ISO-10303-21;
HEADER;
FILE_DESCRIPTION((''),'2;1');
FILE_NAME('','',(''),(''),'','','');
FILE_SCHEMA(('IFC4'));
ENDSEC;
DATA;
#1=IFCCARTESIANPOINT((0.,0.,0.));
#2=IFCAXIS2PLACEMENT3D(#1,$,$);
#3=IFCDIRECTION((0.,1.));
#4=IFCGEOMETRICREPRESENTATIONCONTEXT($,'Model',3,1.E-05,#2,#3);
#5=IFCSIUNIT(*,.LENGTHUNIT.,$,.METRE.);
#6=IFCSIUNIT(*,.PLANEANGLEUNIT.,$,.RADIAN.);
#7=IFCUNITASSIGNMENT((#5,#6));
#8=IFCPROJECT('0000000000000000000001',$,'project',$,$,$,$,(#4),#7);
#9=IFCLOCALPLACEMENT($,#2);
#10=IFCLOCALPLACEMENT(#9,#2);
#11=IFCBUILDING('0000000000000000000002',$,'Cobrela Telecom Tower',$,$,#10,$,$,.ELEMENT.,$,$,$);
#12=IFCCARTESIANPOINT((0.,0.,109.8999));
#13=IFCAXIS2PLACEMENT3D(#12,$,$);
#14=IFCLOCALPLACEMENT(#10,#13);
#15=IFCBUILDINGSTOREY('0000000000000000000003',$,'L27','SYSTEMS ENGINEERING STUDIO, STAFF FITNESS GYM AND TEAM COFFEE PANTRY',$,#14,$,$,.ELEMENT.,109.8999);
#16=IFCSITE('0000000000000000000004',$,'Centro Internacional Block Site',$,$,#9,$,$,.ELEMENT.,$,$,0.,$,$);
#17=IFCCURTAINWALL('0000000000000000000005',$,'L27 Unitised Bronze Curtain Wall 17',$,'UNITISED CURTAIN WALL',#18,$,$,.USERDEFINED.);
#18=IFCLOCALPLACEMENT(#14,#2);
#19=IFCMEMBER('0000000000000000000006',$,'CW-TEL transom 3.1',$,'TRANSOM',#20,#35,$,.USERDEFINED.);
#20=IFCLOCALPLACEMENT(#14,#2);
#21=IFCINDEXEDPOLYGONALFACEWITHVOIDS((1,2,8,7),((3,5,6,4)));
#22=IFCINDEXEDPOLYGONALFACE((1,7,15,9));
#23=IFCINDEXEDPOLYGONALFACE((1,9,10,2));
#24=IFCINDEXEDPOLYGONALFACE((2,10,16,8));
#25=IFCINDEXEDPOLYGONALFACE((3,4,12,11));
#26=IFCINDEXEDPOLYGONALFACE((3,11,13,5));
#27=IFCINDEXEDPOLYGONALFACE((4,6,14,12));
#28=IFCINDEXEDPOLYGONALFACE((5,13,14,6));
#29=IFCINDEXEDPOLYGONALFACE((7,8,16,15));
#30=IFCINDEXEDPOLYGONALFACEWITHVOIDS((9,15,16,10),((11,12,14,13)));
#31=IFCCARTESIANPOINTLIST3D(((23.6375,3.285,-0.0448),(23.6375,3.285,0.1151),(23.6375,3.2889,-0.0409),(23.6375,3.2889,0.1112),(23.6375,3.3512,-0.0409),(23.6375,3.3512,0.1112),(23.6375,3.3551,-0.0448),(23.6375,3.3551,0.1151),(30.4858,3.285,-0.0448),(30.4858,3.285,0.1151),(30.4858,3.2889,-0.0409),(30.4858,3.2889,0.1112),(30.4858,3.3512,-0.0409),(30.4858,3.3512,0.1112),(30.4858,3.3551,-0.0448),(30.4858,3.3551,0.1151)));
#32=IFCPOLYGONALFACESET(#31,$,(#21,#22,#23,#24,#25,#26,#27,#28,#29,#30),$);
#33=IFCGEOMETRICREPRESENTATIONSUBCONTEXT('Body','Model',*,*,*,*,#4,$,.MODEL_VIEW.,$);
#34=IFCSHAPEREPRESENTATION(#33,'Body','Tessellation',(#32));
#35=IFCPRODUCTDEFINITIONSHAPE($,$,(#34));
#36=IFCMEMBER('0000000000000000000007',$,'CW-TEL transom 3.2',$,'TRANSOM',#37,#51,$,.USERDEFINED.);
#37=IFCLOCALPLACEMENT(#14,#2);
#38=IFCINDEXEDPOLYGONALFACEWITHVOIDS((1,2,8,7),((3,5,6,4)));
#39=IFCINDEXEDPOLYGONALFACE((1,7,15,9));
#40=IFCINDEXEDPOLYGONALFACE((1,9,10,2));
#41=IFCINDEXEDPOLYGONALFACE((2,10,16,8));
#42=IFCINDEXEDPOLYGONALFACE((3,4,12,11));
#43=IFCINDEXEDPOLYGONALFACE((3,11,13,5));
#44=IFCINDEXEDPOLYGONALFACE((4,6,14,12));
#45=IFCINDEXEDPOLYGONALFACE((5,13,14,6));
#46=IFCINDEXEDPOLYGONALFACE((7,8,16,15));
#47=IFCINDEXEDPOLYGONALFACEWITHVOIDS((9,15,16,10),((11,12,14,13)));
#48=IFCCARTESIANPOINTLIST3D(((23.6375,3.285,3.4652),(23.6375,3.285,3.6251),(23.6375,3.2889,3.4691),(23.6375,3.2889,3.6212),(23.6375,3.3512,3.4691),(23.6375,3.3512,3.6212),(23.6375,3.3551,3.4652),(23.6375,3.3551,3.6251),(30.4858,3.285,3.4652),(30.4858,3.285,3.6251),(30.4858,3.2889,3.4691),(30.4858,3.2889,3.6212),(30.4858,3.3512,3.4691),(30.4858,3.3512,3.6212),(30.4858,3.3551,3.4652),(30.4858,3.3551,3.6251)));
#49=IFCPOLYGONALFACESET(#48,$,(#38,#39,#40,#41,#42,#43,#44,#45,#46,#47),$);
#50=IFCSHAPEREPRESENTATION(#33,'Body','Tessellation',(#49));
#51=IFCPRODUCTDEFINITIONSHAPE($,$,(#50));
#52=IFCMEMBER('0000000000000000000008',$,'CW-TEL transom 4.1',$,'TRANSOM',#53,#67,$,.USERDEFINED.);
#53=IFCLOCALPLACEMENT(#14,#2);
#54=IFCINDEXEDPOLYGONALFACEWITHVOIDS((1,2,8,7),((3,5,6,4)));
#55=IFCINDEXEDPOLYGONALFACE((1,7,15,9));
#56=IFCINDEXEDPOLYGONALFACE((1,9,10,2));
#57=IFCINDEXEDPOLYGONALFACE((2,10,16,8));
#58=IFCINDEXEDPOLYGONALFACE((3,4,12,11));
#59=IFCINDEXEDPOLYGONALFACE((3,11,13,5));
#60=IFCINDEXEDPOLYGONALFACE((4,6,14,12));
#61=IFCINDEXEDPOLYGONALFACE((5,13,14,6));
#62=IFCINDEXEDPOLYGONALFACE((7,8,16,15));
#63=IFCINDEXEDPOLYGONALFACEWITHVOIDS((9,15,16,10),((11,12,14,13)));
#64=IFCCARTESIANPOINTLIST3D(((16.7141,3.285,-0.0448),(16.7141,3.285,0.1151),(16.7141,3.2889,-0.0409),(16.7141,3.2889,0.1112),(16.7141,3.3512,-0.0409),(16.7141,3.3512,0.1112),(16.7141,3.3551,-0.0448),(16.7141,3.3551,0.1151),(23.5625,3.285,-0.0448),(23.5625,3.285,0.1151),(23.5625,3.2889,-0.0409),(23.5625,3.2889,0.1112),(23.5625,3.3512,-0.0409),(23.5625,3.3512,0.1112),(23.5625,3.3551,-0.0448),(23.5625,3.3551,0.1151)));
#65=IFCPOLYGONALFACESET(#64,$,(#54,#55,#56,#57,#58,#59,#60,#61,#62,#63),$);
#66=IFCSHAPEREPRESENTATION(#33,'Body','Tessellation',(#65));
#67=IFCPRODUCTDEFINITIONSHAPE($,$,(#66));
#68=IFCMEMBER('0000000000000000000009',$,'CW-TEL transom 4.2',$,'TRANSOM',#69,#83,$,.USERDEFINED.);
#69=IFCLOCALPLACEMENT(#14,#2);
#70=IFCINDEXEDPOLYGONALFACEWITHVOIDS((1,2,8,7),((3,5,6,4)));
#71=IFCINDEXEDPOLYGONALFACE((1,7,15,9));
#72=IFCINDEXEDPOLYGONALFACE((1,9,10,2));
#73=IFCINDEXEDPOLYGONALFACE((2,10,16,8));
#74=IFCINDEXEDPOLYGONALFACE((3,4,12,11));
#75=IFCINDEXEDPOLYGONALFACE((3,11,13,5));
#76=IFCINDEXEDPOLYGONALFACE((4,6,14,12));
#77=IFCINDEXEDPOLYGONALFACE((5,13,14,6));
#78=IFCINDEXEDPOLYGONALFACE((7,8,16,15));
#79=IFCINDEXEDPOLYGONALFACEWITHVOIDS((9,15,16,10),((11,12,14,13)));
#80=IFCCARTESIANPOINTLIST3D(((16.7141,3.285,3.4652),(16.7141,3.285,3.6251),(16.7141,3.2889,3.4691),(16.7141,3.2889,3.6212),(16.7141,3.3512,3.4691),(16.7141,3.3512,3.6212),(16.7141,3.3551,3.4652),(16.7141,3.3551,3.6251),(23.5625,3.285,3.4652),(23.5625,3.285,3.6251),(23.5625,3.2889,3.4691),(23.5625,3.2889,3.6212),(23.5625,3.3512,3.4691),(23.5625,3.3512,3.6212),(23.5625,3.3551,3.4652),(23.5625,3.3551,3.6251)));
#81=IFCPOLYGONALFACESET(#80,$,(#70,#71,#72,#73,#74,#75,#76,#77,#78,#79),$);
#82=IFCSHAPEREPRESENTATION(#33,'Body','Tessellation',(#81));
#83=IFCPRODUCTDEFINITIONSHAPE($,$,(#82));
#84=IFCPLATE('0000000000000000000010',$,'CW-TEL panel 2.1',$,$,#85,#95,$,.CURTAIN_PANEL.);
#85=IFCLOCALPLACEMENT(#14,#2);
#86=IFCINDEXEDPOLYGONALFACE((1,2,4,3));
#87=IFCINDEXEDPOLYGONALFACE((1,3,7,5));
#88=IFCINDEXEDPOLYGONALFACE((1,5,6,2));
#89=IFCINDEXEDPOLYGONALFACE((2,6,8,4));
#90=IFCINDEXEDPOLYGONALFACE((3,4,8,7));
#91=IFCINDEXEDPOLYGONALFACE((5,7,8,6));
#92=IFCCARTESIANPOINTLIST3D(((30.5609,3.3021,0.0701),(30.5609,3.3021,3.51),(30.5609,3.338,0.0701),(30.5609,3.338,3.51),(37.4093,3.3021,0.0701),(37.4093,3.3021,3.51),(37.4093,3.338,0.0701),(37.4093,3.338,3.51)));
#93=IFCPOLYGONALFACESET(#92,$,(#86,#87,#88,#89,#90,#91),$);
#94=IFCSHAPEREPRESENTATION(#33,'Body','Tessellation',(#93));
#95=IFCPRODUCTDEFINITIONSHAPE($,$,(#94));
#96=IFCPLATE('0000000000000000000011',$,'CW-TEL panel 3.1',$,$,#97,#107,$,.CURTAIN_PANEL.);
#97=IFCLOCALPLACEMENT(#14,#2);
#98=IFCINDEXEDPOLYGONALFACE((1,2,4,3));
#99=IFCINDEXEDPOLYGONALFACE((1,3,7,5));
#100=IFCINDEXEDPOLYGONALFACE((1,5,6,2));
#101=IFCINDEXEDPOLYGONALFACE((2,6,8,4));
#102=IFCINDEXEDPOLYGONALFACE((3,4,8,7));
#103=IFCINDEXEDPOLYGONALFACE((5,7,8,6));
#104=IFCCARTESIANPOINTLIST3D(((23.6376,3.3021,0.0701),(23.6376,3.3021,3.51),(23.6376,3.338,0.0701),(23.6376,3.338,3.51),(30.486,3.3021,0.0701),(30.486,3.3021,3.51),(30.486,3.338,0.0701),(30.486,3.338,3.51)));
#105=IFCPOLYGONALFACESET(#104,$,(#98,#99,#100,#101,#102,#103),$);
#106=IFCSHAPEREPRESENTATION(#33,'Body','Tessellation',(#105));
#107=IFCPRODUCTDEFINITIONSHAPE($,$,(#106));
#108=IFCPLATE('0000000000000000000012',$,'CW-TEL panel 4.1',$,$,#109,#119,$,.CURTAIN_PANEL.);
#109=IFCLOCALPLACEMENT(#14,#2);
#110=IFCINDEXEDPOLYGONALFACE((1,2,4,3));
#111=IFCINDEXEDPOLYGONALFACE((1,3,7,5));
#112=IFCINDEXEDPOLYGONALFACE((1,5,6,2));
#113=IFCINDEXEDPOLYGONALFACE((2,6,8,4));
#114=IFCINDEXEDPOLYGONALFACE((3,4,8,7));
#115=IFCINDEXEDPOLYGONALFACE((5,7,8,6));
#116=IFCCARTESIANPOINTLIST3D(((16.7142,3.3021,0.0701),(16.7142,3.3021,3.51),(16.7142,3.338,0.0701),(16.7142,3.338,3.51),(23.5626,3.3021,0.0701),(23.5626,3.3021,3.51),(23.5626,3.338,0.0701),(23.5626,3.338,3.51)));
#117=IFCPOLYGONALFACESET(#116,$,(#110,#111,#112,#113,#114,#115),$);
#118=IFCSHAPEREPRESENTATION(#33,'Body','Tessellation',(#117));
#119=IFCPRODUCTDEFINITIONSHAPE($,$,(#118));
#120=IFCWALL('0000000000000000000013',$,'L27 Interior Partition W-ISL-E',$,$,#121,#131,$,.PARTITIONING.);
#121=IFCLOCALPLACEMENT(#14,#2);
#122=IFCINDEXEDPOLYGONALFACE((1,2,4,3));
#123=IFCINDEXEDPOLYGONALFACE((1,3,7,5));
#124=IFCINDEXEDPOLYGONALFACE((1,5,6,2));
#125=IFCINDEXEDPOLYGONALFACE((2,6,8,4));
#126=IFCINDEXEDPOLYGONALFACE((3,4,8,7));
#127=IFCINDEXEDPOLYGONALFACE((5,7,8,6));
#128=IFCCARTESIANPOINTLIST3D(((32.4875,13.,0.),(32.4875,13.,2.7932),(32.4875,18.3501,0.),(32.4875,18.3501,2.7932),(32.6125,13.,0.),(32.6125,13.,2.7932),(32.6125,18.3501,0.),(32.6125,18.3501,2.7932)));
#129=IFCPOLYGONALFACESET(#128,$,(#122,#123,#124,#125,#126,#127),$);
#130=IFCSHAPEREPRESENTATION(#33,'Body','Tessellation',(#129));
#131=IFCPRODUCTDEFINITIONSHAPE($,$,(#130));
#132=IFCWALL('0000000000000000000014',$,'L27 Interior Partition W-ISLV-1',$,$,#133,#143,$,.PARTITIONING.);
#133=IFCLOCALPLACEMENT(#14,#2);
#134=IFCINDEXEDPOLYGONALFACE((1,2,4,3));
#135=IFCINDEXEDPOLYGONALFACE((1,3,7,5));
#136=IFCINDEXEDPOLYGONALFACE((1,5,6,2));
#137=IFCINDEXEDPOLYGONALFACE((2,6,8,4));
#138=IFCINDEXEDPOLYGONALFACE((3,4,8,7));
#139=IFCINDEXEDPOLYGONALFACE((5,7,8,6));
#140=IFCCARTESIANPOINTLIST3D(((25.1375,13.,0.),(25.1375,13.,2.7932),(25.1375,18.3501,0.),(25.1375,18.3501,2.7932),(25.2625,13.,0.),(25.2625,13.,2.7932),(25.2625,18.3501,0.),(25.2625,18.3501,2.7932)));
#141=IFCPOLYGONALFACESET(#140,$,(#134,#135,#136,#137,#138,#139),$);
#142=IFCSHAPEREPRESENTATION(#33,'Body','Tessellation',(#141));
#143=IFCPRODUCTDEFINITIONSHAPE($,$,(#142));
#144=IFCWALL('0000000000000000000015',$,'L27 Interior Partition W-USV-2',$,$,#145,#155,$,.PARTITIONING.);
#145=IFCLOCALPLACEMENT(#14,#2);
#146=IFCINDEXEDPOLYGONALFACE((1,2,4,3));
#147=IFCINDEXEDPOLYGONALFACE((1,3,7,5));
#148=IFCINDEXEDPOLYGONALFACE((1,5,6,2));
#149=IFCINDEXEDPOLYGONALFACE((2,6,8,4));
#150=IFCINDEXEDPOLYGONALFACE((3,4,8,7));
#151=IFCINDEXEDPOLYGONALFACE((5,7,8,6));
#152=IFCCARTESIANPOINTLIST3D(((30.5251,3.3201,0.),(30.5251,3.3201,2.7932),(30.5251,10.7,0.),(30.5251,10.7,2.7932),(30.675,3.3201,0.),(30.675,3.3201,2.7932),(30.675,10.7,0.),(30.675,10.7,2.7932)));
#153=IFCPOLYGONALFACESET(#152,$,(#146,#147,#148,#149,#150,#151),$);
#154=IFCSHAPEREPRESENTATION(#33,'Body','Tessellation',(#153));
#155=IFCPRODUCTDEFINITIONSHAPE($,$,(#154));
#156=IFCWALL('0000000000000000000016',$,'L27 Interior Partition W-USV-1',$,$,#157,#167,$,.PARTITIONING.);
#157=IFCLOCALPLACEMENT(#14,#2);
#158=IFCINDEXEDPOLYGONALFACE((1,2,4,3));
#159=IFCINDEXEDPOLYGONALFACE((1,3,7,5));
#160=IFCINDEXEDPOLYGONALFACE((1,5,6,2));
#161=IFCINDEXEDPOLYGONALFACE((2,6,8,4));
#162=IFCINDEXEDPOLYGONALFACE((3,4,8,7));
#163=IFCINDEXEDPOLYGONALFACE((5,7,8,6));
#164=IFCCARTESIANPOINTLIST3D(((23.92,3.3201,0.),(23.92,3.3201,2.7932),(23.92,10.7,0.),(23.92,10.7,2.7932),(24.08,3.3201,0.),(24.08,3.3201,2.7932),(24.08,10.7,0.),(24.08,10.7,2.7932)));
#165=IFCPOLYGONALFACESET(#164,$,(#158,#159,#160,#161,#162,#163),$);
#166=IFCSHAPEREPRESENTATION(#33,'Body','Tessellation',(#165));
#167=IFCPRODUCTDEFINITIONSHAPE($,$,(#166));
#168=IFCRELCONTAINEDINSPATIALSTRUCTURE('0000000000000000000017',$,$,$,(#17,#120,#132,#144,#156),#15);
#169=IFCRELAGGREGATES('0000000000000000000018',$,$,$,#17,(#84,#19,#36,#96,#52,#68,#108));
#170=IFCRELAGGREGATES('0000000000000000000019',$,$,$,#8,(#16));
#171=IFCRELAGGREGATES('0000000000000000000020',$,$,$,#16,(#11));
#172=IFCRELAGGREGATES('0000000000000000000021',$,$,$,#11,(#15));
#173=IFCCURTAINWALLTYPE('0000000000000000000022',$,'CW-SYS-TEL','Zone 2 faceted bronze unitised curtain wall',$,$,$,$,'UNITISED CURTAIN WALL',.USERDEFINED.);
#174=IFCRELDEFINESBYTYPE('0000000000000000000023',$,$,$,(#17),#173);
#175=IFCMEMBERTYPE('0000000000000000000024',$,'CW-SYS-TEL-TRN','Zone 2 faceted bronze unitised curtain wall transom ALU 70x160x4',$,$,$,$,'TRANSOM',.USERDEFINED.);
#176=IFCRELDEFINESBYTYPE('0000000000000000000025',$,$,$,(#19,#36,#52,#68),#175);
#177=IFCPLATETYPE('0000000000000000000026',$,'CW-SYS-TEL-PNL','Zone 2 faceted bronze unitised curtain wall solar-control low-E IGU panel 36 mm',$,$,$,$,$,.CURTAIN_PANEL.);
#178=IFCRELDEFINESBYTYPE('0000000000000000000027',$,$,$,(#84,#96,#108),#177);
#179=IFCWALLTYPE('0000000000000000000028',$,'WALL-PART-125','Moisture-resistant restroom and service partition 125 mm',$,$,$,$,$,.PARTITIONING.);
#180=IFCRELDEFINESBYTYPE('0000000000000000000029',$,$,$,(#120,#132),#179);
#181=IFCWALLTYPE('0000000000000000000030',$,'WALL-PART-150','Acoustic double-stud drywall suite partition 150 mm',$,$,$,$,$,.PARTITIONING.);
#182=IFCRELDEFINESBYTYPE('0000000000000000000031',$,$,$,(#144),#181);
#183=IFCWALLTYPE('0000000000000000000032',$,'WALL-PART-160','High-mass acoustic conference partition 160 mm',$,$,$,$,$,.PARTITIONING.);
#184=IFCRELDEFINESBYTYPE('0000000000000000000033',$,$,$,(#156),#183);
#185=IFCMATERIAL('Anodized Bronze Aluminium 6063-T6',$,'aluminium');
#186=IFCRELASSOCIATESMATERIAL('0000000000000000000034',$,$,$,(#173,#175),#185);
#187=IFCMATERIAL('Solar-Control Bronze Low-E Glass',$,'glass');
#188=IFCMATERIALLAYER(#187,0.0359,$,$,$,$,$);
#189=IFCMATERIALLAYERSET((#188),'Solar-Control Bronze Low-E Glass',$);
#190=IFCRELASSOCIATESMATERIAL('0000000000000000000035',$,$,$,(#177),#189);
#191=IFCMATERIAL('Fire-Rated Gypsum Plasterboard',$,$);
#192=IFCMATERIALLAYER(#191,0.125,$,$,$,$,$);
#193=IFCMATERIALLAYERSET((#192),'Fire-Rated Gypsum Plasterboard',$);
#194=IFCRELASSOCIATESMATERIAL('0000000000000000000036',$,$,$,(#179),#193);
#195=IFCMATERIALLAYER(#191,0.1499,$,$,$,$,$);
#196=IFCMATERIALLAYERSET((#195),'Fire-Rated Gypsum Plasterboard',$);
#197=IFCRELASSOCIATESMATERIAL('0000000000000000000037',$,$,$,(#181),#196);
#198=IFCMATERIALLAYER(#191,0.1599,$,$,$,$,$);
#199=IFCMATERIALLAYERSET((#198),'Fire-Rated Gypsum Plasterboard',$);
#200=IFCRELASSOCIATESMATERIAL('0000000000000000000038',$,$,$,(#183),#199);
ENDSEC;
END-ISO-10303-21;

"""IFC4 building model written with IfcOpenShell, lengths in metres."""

from ifc_helpers import new_model, si_unit, direction, frame, frame_2d, origin, origin_2d, place, context, subcontext, project, spatial, rectangle, hollow_rectangle, extrude, material, layer, layer_set, material_profile, profile_set, type_object, element, aggregate, save


model = new_model("IFC4")

# Units and contexts
model_context = context("Model", 3, precision=1e-05, world=origin(), true_north=direction((0.0, 1.0)))
body_context = subcontext(model_context, "Body", "Model", "MODEL_VIEW")
ifc_project = project(units=[si_unit("LENGTHUNIT", "METRE"), si_unit("PLANEANGLEUNIT", "RADIAN")], contexts=[model_context])

# Site, building, storey
site_placement = place(None, origin())
site = spatial("IfcSite", under=ifc_project, at=site_placement, Name="Centro Internacional Block Site", CompositionType="ELEMENT", RefElevation=0.0)
building_placement = place(site_placement, origin())
building = spatial("IfcBuilding", under=site, at=building_placement, Name="Cobrela Telecom Tower", CompositionType="ELEMENT")
storey_placement = place(building_placement, frame((0.0, 0.0, 109.8999)))
storey = spatial("IfcBuildingStorey", under=building, at=storey_placement, Name="L27", Description="SYSTEMS ENGINEERING STUDIO, STAFF FITNESS GYM AND TEAM COFFEE PANTRY", CompositionType="ELEMENT", Elevation=109.8999)

# Curtain wall, members, plates
ifc_material_1 = material(Name="Anodized Bronze Aluminium 6063-T6", Category="aluminium")
curtain_wall_type = type_object("IfcCurtainWallType", Name="CW-SYS-TEL", Description="Zone 2 faceted bronze unitised curtain wall", ElementType="UNITISED CURTAIN WALL", PredefinedType="USERDEFINED", material=ifc_material_1)
curtain_wall_placement = place(storey_placement, origin())
curtain_wall = element("IfcCurtainWall", 1, at=curtain_wall_placement, inside=storey, type_object=curtain_wall_type, Name="L27 Unitised Bronze Curtain Wall 17", ObjectType="UNITISED CURTAIN WALL", PredefinedType="USERDEFINED")
ifc_material_profile_1 = material_profile(ifc_material_1, hollow_rectangle(XDim=0.0701, YDim=0.1599, WallThickness=0.0039, at=origin_2d()), Name="ALU 70x160x4")
ifc_profile_set_1 = profile_set([ifc_material_profile_1], Name="Anodized Bronze Aluminium 6063-T6")
member_type_1 = type_object("IfcMemberType", Name="CW-SYS-TEL-TRN", Description="Zone 2 faceted bronze unitised curtain wall transom ALU 70x160x4", ElementType="TRANSOM", PredefinedType="USERDEFINED", material=ifc_profile_set_1)
member_1_placement = place(storey_placement, frame((30.4858, 3.3201, 0.0352), z_axis=(-1.0, 0.0, 0.0), x_axis=(0.0, -1.0, 0.0)))
member_1 = element("IfcMember", 2, at=member_1_placement, type_object=member_type_1, Name="CW-TEL transom 3.1", ObjectType="TRANSOM", PredefinedType="USERDEFINED", context=body_context, shape_type="SweptSolid", body=[
    extrude(hollow_rectangle(XDim=0.0701, YDim=0.1599, WallThickness=0.0039, at=origin_2d()), origin(), (0.0, 0.0, 1.0), 6.8484),
])
member_2_placement = place(storey_placement, frame((30.4858, 3.3201, 3.5452), z_axis=(-1.0, 0.0, 0.0), x_axis=(0.0, -1.0, 0.0)))
member_2 = element("IfcMember", 3, at=member_2_placement, type_object=member_type_1, Name="CW-TEL transom 3.2", ObjectType="TRANSOM", PredefinedType="USERDEFINED", context=body_context, shape_type="SweptSolid", body=[
    extrude(hollow_rectangle(XDim=0.0701, YDim=0.1599, WallThickness=0.0039, at=origin_2d()), origin(), (0.0, 0.0, 1.0), 6.8484),
])
member_3_placement = place(storey_placement, frame((23.5625, 3.3201, 0.0352), z_axis=(-1.0, 0.0, 0.0), x_axis=(0.0, -1.0, 0.0)))
member_3 = element("IfcMember", 4, at=member_3_placement, type_object=member_type_1, Name="CW-TEL transom 4.1", ObjectType="TRANSOM", PredefinedType="USERDEFINED", context=body_context, shape_type="SweptSolid", body=[
    extrude(hollow_rectangle(XDim=0.0701, YDim=0.1599, WallThickness=0.0039, at=origin_2d()), origin(), (0.0, 0.0, 1.0), 6.8484),
])
member_4_placement = place(storey_placement, frame((23.5625, 3.3201, 3.5452), z_axis=(-1.0, 0.0, 0.0), x_axis=(0.0, -1.0, 0.0)))
member_4 = element("IfcMember", 5, at=member_4_placement, type_object=member_type_1, Name="CW-TEL transom 4.2", ObjectType="TRANSOM", PredefinedType="USERDEFINED", context=body_context, shape_type="SweptSolid", body=[
    extrude(hollow_rectangle(XDim=0.0701, YDim=0.1599, WallThickness=0.0039, at=origin_2d()), origin(), (0.0, 0.0, 1.0), 6.8484),
])
ifc_material_2 = material(Name="Solar-Control Bronze Low-E Glass", Category="glass")
ifc_layer_1 = layer(ifc_material_2, 0.0359)
ifc_layer_set_1 = layer_set([ifc_layer_1], Name="Solar-Control Bronze Low-E Glass")
plate_type = type_object("IfcPlateType", Name="CW-SYS-TEL-PNL", Description="Zone 2 faceted bronze unitised curtain wall solar-control low-E IGU panel 36 mm", PredefinedType="CURTAIN_PANEL", material=ifc_layer_set_1)
plate_1_placement = place(storey_placement, frame((33.9851, 3.3201, 0.0701), z_axis=(0.0, 0.0, 1.0), x_axis=(-1.0, 0.0, 0.0)))
plate_1 = element("IfcPlate", 6, at=plate_1_placement, type_object=plate_type, Name="CW-TEL panel 2.1", PredefinedType="CURTAIN_PANEL", context=body_context, shape_type="SweptSolid", body=[
    extrude(rectangle(XDim=6.8484, YDim=0.0359, at=origin_2d()), origin(), (0.0, 0.0, 1.0), 3.4399),
])
plate_2_placement = place(storey_placement, frame((27.0618, 3.3201, 0.0701), z_axis=(0.0, 0.0, 1.0), x_axis=(-1.0, 0.0, 0.0)))
plate_2 = element("IfcPlate", 7, at=plate_2_placement, type_object=plate_type, Name="CW-TEL panel 3.1", PredefinedType="CURTAIN_PANEL", context=body_context, shape_type="SweptSolid", body=[
    extrude(rectangle(XDim=6.8484, YDim=0.0359, at=origin_2d()), origin(), (0.0, 0.0, 1.0), 3.4399),
])
plate_3_placement = place(storey_placement, frame((20.1384, 3.3201, 0.0701), z_axis=(0.0, 0.0, 1.0), x_axis=(-1.0, 0.0, 0.0)))
plate_3 = element("IfcPlate", 8, at=plate_3_placement, type_object=plate_type, Name="CW-TEL panel 4.1", PredefinedType="CURTAIN_PANEL", context=body_context, shape_type="SweptSolid", body=[
    extrude(rectangle(XDim=6.8484, YDim=0.0359, at=origin_2d()), origin(), (0.0, 0.0, 1.0), 3.4399),
])
aggregate(curtain_wall, [plate_1, member_1, member_2, plate_2, member_3, member_4, plate_3])

# Walls
ifc_material_3 = material(Name="Fire-Rated Gypsum Plasterboard")
ifc_layer_2 = layer(ifc_material_3, 0.125)
ifc_layer_set_2 = layer_set([ifc_layer_2], Name="Fire-Rated Gypsum Plasterboard")
wall_type_1 = type_object("IfcWallType", Name="WALL-PART-125", Description="Moisture-resistant restroom and service partition 125 mm", PredefinedType="PARTITIONING", material=ifc_layer_set_2)
for number, where, z_axis, x_axis, name in (
    (9, (32.55, 13.0, 0.0), (0.0, 0.0, 1.0), (0.0, 1.0, 0.0), "L27 Interior Partition W-ISL-E"),
    (10, (25.2, 13.0, 0.0), (0.0, 0.0, 1.0), (0.0, 1.0, 0.0), "L27 Interior Partition W-ISLV-1"),
):
    element("IfcWall", number, at=place(storey_placement, frame(where, z_axis=z_axis, x_axis=x_axis)), inside=storey, type_object=wall_type_1, Name=name, PredefinedType="PARTITIONING", context=body_context, shape_type="SweptSolid", body=[
        extrude(rectangle(XDim=5.3501, YDim=0.125, at=frame_2d((2.675, 0.0))), origin(), (0.0, 0.0, 1.0), 2.7932),
    ])
ifc_layer_3 = layer(ifc_material_3, 0.1499)
ifc_layer_set_3 = layer_set([ifc_layer_3], Name="Fire-Rated Gypsum Plasterboard")
wall_type_2 = type_object("IfcWallType", Name="WALL-PART-150", Description="Acoustic double-stud drywall suite partition 150 mm", PredefinedType="PARTITIONING", material=ifc_layer_set_3)
wall_1_placement = place(storey_placement, frame((30.6001, 3.3201, 0.0), z_axis=(0.0, 0.0, 1.0), x_axis=(0.0, 1.0, 0.0)))
element("IfcWall", 11, at=wall_1_placement, inside=storey, type_object=wall_type_2, Name="L27 Interior Partition W-USV-2", PredefinedType="PARTITIONING", context=body_context, shape_type="SweptSolid", body=[
    extrude(rectangle(XDim=7.3799, YDim=0.1499, at=frame_2d((3.6899, 0.0))), origin(), (0.0, 0.0, 1.0), 2.7932),
])
ifc_layer_4 = layer(ifc_material_3, 0.1599)
ifc_layer_set_4 = layer_set([ifc_layer_4], Name="Fire-Rated Gypsum Plasterboard")
wall_type_3 = type_object("IfcWallType", Name="WALL-PART-160", Description="High-mass acoustic conference partition 160 mm", PredefinedType="PARTITIONING", material=ifc_layer_set_4)
wall_2_placement = place(storey_placement, frame((24.0, 3.3201, 0.0), z_axis=(0.0, 0.0, 1.0), x_axis=(0.0, 1.0, 0.0)))
element("IfcWall", 12, at=wall_2_placement, inside=storey, type_object=wall_type_3, Name="L27 Interior Partition W-USV-1", PredefinedType="PARTITIONING", context=body_context, shape_type="SweptSolid", body=[
    extrude(rectangle(XDim=7.3799, YDim=0.1599, at=frame_2d((3.6899, 0.0))), origin(), (0.0, 0.0, 1.0), 2.7932),
])

save(model, "model.ifc")
